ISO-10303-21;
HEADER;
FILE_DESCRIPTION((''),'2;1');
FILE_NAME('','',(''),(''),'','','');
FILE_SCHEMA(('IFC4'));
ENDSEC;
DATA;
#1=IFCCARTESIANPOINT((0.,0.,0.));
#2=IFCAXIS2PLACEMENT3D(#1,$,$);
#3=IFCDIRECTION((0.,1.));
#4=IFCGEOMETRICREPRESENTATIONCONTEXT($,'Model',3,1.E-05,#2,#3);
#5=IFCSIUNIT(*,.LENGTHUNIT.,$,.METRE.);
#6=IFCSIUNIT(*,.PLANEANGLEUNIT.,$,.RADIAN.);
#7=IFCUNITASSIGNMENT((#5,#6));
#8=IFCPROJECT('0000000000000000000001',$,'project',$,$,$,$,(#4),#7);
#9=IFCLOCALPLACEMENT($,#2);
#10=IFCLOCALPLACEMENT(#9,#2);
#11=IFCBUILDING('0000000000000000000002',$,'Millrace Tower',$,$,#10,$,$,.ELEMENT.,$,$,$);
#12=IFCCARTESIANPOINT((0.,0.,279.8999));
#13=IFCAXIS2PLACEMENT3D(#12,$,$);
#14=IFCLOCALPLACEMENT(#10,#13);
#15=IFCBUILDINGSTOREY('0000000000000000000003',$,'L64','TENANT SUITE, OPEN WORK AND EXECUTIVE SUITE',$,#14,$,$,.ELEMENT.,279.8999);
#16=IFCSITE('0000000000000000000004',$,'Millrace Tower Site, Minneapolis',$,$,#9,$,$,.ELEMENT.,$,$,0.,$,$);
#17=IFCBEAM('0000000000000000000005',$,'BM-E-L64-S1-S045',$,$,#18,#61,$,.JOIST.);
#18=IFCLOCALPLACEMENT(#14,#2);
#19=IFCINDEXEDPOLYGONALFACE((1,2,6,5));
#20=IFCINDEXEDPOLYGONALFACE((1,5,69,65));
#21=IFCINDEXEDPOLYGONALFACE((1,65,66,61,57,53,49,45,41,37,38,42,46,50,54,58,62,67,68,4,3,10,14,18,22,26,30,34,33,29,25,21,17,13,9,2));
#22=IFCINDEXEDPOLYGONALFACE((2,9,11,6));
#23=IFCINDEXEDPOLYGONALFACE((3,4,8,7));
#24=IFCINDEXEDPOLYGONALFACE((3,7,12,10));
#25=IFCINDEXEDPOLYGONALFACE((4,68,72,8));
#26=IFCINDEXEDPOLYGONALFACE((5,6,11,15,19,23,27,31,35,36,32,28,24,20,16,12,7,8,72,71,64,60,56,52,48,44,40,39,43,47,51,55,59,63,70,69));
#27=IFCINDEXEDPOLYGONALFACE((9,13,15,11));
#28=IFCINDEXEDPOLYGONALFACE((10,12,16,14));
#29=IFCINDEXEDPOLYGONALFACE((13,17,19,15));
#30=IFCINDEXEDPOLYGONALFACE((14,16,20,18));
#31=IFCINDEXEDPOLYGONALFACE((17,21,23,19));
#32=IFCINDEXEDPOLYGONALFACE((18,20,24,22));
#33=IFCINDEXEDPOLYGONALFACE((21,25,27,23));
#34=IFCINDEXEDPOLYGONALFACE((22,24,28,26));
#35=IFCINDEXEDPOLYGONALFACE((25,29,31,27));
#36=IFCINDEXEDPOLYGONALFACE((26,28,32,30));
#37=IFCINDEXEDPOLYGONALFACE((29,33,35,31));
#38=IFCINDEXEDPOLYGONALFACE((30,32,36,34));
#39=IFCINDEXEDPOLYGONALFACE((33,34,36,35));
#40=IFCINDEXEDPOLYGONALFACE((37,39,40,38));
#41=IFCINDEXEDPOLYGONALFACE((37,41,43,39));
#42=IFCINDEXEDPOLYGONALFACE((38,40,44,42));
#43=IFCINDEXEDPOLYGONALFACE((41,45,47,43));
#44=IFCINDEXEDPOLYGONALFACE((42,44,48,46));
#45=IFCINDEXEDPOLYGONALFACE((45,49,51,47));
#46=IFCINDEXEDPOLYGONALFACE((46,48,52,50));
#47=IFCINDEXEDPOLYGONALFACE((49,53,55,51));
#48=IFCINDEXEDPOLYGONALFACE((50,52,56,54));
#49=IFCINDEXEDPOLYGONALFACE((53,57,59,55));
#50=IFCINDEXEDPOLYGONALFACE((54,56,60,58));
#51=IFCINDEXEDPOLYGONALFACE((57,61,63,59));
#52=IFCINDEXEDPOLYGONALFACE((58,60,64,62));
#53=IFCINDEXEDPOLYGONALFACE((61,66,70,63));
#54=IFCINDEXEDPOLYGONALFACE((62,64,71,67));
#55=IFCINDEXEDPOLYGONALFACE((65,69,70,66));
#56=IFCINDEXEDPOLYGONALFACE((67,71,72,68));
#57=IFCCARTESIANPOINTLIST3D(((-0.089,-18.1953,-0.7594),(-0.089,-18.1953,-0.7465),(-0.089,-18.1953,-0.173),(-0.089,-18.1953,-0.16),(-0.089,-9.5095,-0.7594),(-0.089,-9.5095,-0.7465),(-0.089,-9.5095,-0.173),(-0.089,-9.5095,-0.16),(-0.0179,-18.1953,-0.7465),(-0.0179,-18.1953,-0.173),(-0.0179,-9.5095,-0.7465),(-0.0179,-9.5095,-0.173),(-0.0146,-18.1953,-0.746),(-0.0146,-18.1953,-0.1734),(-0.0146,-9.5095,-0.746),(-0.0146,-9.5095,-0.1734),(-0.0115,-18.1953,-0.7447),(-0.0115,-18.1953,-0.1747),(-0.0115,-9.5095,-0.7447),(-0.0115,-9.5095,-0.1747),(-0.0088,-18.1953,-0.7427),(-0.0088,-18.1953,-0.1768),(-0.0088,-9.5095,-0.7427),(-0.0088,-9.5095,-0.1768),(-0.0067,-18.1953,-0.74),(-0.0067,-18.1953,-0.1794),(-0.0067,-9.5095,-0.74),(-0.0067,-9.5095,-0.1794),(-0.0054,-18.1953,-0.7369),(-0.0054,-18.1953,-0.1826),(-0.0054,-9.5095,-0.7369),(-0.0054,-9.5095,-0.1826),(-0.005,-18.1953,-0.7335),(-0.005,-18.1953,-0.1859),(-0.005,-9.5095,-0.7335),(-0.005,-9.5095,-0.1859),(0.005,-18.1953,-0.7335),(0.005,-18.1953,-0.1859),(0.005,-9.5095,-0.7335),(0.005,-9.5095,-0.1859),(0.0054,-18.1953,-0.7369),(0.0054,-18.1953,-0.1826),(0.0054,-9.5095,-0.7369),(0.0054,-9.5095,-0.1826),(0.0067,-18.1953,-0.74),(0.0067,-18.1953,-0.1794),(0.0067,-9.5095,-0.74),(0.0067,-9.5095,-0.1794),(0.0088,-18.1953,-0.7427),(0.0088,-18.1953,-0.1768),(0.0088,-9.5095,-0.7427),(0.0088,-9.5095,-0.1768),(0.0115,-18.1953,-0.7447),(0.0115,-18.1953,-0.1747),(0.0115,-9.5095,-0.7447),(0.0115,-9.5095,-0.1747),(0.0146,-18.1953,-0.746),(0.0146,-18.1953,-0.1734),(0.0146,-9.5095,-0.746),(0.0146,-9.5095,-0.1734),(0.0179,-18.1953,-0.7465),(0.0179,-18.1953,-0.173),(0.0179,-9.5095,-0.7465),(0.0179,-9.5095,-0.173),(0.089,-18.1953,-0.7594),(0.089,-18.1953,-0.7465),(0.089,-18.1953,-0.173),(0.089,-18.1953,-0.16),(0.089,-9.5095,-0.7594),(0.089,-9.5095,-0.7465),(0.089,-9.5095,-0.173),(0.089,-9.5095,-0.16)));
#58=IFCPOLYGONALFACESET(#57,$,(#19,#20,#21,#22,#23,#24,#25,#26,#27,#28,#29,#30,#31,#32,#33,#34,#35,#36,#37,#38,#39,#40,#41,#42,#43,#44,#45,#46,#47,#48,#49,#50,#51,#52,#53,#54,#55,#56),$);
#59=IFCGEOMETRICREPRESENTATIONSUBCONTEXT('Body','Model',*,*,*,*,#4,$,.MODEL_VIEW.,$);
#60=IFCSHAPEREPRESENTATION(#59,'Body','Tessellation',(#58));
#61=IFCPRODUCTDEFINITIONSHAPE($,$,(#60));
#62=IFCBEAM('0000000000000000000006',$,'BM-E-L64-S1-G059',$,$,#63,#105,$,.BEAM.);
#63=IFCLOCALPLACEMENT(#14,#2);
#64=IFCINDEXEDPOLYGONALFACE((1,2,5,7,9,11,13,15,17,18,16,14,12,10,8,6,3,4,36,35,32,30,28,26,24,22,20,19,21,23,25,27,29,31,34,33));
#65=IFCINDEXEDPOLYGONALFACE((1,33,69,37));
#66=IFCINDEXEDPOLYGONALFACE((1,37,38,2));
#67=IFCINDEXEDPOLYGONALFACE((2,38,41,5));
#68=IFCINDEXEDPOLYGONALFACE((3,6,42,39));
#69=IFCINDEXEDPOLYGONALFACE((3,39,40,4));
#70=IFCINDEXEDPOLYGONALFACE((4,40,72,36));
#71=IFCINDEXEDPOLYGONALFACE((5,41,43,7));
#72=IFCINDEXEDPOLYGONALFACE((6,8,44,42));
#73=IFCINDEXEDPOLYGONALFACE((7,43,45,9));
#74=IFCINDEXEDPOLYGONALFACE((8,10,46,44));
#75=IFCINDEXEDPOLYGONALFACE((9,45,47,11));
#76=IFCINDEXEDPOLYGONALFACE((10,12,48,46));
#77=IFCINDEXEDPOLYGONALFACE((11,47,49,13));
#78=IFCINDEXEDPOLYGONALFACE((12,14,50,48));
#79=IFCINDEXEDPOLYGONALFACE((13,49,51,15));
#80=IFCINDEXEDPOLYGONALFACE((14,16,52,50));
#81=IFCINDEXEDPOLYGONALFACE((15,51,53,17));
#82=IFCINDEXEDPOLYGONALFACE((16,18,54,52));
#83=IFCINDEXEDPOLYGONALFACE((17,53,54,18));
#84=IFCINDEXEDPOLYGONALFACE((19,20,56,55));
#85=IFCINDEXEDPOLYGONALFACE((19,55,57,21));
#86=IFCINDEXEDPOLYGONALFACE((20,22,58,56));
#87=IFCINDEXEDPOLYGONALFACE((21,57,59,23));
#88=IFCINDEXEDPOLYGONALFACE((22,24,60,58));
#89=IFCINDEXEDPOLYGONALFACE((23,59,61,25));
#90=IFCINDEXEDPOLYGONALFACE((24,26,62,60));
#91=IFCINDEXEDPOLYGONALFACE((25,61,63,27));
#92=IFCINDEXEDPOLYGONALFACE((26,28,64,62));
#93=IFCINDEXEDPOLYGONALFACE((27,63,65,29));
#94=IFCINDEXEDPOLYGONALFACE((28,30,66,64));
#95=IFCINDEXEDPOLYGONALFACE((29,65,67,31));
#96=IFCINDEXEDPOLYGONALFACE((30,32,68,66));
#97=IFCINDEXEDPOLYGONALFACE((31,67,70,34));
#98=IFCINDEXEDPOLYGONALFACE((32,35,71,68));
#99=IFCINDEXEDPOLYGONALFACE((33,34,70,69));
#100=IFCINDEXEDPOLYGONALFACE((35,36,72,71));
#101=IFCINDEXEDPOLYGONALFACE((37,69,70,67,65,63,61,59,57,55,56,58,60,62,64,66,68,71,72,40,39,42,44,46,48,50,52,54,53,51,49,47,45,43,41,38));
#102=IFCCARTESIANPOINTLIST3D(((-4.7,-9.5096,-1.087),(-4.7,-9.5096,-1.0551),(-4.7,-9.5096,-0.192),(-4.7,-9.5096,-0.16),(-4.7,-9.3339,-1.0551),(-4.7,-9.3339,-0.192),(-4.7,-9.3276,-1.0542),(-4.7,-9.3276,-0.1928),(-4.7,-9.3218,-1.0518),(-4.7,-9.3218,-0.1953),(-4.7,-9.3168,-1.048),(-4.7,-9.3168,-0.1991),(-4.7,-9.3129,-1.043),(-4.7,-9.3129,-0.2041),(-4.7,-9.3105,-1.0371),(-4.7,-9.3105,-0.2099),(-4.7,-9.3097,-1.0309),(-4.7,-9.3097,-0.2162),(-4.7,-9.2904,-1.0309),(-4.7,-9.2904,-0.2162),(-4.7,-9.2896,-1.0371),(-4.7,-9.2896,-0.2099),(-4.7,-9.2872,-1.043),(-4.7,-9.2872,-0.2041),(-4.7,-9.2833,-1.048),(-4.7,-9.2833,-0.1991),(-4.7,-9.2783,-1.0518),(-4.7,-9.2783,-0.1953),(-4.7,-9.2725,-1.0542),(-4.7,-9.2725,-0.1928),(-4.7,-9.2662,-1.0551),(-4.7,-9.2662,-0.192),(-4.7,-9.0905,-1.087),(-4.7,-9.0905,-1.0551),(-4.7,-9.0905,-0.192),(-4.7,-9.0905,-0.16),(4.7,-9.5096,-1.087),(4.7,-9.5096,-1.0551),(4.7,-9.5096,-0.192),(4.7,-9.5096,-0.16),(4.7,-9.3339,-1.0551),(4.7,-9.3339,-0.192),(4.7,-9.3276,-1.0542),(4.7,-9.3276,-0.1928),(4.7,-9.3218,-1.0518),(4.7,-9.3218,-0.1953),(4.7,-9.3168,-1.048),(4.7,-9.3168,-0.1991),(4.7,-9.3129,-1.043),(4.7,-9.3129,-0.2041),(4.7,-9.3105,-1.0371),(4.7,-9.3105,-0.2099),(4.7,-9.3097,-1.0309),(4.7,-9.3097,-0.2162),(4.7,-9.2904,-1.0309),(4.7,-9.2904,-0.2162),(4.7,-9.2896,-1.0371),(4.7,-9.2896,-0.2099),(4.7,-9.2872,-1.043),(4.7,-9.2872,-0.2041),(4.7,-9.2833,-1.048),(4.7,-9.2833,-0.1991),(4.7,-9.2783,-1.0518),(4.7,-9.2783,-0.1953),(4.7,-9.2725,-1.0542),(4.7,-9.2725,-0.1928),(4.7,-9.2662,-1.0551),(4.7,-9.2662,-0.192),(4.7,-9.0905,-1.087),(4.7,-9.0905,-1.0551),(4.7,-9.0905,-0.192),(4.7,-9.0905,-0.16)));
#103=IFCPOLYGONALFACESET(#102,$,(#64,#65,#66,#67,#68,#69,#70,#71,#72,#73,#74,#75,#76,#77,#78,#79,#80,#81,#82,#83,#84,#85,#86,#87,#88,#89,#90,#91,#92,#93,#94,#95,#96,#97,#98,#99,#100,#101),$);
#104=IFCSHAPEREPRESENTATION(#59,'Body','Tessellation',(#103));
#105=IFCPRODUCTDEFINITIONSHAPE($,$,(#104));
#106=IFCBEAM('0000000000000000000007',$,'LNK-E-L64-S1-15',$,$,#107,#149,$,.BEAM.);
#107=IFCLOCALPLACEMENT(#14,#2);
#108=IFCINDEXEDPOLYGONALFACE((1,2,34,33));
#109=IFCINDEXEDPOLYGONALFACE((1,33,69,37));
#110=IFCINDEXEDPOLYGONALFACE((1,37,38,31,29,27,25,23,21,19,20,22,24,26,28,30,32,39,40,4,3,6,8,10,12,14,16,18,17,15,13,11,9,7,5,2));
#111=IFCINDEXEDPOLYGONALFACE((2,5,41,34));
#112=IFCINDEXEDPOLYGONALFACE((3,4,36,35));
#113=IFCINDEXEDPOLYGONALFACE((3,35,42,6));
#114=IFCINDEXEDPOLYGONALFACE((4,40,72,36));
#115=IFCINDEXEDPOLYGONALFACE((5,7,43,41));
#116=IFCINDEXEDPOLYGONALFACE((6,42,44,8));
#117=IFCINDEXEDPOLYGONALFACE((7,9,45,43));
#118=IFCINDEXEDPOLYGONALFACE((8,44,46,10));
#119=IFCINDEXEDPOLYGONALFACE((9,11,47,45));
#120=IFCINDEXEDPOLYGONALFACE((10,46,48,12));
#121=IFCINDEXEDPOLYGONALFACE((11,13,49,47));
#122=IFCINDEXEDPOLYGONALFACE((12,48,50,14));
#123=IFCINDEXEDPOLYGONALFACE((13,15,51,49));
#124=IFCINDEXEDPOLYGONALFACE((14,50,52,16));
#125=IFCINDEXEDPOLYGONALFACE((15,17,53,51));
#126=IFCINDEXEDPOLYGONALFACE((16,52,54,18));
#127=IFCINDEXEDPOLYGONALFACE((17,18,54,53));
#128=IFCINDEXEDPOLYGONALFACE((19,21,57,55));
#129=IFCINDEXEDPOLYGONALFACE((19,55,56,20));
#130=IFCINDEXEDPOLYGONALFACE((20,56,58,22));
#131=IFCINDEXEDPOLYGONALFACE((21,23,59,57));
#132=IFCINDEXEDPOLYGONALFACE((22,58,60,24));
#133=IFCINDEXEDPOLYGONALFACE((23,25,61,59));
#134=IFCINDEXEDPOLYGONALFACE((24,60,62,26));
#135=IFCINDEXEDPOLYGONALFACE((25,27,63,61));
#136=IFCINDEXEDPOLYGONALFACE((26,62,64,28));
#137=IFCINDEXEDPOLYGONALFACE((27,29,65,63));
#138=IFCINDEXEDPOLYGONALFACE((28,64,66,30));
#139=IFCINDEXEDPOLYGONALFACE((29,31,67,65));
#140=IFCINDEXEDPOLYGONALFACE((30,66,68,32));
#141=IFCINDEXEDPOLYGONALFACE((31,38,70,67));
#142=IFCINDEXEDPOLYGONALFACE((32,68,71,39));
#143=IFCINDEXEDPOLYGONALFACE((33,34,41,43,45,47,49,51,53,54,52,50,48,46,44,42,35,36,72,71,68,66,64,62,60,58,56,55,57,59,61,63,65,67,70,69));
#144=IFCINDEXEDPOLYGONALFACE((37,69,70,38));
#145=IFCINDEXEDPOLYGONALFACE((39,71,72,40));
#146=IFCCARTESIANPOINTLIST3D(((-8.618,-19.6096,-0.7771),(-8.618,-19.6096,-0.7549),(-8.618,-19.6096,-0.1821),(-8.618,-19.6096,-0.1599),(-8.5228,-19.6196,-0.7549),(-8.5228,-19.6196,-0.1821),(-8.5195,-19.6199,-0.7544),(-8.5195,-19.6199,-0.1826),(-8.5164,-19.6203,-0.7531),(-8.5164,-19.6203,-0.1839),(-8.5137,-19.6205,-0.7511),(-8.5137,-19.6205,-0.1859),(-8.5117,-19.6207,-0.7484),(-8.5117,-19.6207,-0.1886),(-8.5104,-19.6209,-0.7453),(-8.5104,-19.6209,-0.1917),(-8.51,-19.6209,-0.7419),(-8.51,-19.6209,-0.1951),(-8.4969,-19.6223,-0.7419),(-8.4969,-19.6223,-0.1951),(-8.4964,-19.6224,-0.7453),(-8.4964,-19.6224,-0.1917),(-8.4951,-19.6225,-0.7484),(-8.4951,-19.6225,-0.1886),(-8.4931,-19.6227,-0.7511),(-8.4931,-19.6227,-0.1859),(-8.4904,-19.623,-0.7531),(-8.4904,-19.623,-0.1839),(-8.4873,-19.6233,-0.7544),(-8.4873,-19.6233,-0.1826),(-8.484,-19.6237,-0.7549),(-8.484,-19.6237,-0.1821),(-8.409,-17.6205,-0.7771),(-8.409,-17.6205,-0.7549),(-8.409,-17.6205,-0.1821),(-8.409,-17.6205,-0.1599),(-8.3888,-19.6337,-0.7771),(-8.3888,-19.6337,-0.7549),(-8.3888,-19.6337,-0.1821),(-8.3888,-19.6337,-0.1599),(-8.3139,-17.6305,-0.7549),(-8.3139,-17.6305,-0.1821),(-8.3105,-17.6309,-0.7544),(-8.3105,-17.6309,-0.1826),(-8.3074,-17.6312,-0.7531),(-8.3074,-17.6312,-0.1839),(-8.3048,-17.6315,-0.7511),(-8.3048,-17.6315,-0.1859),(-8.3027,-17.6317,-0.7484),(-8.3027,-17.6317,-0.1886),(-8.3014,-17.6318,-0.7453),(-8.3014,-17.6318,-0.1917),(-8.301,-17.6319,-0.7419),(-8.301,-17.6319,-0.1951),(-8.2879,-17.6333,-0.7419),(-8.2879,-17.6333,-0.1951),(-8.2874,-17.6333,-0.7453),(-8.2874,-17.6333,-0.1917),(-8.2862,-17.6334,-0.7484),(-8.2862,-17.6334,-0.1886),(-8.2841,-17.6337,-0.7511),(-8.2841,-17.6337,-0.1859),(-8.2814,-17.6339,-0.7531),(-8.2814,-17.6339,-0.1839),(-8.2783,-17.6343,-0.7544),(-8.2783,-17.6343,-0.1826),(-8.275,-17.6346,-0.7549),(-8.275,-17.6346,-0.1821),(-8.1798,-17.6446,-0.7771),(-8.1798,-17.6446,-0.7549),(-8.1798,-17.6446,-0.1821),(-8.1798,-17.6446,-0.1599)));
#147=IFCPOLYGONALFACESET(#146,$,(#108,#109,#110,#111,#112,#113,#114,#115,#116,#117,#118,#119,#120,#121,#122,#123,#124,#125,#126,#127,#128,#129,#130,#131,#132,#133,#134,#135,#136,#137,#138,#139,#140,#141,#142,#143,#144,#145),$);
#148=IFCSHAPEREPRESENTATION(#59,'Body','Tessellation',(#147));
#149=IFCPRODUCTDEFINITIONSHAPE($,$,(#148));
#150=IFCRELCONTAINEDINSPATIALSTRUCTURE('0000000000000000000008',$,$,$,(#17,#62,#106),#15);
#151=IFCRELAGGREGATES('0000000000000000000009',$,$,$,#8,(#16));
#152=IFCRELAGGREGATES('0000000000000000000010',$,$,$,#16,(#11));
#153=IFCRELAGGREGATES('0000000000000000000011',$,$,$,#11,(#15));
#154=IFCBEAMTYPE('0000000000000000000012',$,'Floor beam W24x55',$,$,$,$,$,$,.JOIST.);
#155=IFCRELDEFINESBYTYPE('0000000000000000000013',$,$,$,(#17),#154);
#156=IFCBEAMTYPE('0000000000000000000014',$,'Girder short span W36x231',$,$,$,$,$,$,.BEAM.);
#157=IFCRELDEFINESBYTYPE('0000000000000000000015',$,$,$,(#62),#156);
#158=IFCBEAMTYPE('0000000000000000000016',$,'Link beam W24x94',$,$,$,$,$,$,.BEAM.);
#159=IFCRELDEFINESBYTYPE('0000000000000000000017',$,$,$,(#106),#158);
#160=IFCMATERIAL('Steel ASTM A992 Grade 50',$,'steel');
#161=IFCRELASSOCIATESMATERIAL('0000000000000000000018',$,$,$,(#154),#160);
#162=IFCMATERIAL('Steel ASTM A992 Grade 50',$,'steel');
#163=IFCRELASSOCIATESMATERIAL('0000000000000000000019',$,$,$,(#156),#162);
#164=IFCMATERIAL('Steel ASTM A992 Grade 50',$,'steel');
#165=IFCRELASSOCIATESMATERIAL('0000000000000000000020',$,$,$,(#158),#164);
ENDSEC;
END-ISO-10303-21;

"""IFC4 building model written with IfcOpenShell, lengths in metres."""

from ifc_helpers import new_model, si_unit, direction, frame, origin, origin_2d, place, context, subcontext, project, spatial, i_section, extrude, material, material_profile, profile_set, type_object, element, save


model = new_model("IFC4")

# Units and contexts
model_context = context("Model", 3, precision=1e-05, world=origin(), true_north=direction((0.0, 1.0)))
body_context = subcontext(model_context, "Body", "Model", "MODEL_VIEW")
ifc_project = project(units=[si_unit("LENGTHUNIT", "METRE"), si_unit("PLANEANGLEUNIT", "RADIAN")], contexts=[model_context])

# Site, building, storey
site_placement = place(None, origin())
site = spatial("IfcSite", under=ifc_project, at=site_placement, Name="Millrace Tower Site, Minneapolis", CompositionType="ELEMENT", RefElevation=0.0)
building_placement = place(site_placement, origin())
building = spatial("IfcBuilding", under=site, at=building_placement, Name="Millrace Tower", CompositionType="ELEMENT")
storey_placement = place(building_placement, frame((0.0, 0.0, 279.8999)))
storey = spatial("IfcBuildingStorey", under=building, at=storey_placement, Name="L64", Description="TENANT SUITE, OPEN WORK AND EXECUTIVE SUITE", CompositionType="ELEMENT", Elevation=279.8999)

# Beams
ifc_material_1 = material(Name="Steel ASTM A992 Grade 50", Category="steel")
ifc_material_profile_1 = material_profile(ifc_material_1, i_section(OverallWidth=0.178, OverallDepth=0.5994, WebThickness=0.01, FlangeThickness=0.0129, FilletRadius=0.0129, at=origin_2d()))
ifc_profile_set_1 = profile_set([ifc_material_profile_1], Name="Steel ASTM A992 Grade 50")
beam_type_1 = type_object("IfcBeamType", Name="Floor beam W24x55", PredefinedType="JOIST", material=ifc_profile_set_1)
beam_1_placement = place(storey_placement, frame((0.0, -18.1953, -0.4597), z_axis=(0.0, 1.0, 0.0), x_axis=(-1.0, 0.0, 0.0)))
element("IfcBeam", 1, at=beam_1_placement, inside=storey, type_object=beam_type_1, Name="BM-E-L64-S1-S045", PredefinedType="JOIST", context=body_context, shape_type="SweptSolid", body=[
    extrude(i_section(OverallWidth=0.178, OverallDepth=0.5994, WebThickness=0.01, FlangeThickness=0.0129, FilletRadius=0.0129, at=origin_2d()), origin(), (0.0, 0.0, 1.0), 8.6858),
])
ifc_material_2 = material(Name="Steel ASTM A992 Grade 50", Category="steel")
ifc_material_profile_2 = material_profile(ifc_material_2, i_section(OverallWidth=0.4192, OverallDepth=0.927, WebThickness=0.0193, FlangeThickness=0.032, FilletRadius=0.0242, at=origin_2d()))
ifc_profile_set_2 = profile_set([ifc_material_profile_2], Name="Steel ASTM A992 Grade 50")
beam_type_2 = type_object("IfcBeamType", Name="Girder short span W36x231", PredefinedType="BEAM", material=ifc_profile_set_2)
beam_2_placement = place(storey_placement, frame((-4.7, -9.3, -0.6235), z_axis=(1.0, 0.0, 0.0), x_axis=(0.0, 1.0, 0.0)))
element("IfcBeam", 2, at=beam_2_placement, inside=storey, type_object=beam_type_2, Name="BM-E-L64-S1-G059", PredefinedType="BEAM", context=body_context, shape_type="SweptSolid", body=[
    extrude(i_section(OverallWidth=0.4192, OverallDepth=0.927, WebThickness=0.0193, FlangeThickness=0.032, FilletRadius=0.0242, at=origin_2d()), origin(), (0.0, 0.0, 1.0), 9.3999),
])
ifc_material_3 = material(Name="Steel ASTM A992 Grade 50", Category="steel")
ifc_material_profile_3 = material_profile(ifc_material_3, i_section(OverallWidth=0.2305, OverallDepth=0.6172, WebThickness=0.0132, FlangeThickness=0.0222, FilletRadius=0.0129, at=origin_2d()))
ifc_profile_set_3 = profile_set([ifc_material_profile_3], Name="Steel ASTM A992 Grade 50")
beam_type_3 = type_object("IfcBeamType", Name="Link beam W24x94", PredefinedType="BEAM", material=ifc_profile_set_3)
beam_3_placement = place(storey_placement, frame((-8.2944, -17.6326, -0.4685), z_axis=(-0.104494, -0.994526, 0.0), x_axis=(0.994526, -0.104494, 0.0)))
element("IfcBeam", 3, at=beam_3_placement, inside=storey, type_object=beam_type_3, Name="LNK-E-L64-S1-15", PredefinedType="BEAM", context=body_context, shape_type="SweptSolid", body=[
    extrude(i_section(OverallWidth=0.2305, OverallDepth=0.6172, WebThickness=0.0132, FlangeThickness=0.0222, FilletRadius=0.0129, at=origin_2d()), origin(), (0.0, 0.0, 1.0), 2.0),
])

save(model, "model.ifc")
